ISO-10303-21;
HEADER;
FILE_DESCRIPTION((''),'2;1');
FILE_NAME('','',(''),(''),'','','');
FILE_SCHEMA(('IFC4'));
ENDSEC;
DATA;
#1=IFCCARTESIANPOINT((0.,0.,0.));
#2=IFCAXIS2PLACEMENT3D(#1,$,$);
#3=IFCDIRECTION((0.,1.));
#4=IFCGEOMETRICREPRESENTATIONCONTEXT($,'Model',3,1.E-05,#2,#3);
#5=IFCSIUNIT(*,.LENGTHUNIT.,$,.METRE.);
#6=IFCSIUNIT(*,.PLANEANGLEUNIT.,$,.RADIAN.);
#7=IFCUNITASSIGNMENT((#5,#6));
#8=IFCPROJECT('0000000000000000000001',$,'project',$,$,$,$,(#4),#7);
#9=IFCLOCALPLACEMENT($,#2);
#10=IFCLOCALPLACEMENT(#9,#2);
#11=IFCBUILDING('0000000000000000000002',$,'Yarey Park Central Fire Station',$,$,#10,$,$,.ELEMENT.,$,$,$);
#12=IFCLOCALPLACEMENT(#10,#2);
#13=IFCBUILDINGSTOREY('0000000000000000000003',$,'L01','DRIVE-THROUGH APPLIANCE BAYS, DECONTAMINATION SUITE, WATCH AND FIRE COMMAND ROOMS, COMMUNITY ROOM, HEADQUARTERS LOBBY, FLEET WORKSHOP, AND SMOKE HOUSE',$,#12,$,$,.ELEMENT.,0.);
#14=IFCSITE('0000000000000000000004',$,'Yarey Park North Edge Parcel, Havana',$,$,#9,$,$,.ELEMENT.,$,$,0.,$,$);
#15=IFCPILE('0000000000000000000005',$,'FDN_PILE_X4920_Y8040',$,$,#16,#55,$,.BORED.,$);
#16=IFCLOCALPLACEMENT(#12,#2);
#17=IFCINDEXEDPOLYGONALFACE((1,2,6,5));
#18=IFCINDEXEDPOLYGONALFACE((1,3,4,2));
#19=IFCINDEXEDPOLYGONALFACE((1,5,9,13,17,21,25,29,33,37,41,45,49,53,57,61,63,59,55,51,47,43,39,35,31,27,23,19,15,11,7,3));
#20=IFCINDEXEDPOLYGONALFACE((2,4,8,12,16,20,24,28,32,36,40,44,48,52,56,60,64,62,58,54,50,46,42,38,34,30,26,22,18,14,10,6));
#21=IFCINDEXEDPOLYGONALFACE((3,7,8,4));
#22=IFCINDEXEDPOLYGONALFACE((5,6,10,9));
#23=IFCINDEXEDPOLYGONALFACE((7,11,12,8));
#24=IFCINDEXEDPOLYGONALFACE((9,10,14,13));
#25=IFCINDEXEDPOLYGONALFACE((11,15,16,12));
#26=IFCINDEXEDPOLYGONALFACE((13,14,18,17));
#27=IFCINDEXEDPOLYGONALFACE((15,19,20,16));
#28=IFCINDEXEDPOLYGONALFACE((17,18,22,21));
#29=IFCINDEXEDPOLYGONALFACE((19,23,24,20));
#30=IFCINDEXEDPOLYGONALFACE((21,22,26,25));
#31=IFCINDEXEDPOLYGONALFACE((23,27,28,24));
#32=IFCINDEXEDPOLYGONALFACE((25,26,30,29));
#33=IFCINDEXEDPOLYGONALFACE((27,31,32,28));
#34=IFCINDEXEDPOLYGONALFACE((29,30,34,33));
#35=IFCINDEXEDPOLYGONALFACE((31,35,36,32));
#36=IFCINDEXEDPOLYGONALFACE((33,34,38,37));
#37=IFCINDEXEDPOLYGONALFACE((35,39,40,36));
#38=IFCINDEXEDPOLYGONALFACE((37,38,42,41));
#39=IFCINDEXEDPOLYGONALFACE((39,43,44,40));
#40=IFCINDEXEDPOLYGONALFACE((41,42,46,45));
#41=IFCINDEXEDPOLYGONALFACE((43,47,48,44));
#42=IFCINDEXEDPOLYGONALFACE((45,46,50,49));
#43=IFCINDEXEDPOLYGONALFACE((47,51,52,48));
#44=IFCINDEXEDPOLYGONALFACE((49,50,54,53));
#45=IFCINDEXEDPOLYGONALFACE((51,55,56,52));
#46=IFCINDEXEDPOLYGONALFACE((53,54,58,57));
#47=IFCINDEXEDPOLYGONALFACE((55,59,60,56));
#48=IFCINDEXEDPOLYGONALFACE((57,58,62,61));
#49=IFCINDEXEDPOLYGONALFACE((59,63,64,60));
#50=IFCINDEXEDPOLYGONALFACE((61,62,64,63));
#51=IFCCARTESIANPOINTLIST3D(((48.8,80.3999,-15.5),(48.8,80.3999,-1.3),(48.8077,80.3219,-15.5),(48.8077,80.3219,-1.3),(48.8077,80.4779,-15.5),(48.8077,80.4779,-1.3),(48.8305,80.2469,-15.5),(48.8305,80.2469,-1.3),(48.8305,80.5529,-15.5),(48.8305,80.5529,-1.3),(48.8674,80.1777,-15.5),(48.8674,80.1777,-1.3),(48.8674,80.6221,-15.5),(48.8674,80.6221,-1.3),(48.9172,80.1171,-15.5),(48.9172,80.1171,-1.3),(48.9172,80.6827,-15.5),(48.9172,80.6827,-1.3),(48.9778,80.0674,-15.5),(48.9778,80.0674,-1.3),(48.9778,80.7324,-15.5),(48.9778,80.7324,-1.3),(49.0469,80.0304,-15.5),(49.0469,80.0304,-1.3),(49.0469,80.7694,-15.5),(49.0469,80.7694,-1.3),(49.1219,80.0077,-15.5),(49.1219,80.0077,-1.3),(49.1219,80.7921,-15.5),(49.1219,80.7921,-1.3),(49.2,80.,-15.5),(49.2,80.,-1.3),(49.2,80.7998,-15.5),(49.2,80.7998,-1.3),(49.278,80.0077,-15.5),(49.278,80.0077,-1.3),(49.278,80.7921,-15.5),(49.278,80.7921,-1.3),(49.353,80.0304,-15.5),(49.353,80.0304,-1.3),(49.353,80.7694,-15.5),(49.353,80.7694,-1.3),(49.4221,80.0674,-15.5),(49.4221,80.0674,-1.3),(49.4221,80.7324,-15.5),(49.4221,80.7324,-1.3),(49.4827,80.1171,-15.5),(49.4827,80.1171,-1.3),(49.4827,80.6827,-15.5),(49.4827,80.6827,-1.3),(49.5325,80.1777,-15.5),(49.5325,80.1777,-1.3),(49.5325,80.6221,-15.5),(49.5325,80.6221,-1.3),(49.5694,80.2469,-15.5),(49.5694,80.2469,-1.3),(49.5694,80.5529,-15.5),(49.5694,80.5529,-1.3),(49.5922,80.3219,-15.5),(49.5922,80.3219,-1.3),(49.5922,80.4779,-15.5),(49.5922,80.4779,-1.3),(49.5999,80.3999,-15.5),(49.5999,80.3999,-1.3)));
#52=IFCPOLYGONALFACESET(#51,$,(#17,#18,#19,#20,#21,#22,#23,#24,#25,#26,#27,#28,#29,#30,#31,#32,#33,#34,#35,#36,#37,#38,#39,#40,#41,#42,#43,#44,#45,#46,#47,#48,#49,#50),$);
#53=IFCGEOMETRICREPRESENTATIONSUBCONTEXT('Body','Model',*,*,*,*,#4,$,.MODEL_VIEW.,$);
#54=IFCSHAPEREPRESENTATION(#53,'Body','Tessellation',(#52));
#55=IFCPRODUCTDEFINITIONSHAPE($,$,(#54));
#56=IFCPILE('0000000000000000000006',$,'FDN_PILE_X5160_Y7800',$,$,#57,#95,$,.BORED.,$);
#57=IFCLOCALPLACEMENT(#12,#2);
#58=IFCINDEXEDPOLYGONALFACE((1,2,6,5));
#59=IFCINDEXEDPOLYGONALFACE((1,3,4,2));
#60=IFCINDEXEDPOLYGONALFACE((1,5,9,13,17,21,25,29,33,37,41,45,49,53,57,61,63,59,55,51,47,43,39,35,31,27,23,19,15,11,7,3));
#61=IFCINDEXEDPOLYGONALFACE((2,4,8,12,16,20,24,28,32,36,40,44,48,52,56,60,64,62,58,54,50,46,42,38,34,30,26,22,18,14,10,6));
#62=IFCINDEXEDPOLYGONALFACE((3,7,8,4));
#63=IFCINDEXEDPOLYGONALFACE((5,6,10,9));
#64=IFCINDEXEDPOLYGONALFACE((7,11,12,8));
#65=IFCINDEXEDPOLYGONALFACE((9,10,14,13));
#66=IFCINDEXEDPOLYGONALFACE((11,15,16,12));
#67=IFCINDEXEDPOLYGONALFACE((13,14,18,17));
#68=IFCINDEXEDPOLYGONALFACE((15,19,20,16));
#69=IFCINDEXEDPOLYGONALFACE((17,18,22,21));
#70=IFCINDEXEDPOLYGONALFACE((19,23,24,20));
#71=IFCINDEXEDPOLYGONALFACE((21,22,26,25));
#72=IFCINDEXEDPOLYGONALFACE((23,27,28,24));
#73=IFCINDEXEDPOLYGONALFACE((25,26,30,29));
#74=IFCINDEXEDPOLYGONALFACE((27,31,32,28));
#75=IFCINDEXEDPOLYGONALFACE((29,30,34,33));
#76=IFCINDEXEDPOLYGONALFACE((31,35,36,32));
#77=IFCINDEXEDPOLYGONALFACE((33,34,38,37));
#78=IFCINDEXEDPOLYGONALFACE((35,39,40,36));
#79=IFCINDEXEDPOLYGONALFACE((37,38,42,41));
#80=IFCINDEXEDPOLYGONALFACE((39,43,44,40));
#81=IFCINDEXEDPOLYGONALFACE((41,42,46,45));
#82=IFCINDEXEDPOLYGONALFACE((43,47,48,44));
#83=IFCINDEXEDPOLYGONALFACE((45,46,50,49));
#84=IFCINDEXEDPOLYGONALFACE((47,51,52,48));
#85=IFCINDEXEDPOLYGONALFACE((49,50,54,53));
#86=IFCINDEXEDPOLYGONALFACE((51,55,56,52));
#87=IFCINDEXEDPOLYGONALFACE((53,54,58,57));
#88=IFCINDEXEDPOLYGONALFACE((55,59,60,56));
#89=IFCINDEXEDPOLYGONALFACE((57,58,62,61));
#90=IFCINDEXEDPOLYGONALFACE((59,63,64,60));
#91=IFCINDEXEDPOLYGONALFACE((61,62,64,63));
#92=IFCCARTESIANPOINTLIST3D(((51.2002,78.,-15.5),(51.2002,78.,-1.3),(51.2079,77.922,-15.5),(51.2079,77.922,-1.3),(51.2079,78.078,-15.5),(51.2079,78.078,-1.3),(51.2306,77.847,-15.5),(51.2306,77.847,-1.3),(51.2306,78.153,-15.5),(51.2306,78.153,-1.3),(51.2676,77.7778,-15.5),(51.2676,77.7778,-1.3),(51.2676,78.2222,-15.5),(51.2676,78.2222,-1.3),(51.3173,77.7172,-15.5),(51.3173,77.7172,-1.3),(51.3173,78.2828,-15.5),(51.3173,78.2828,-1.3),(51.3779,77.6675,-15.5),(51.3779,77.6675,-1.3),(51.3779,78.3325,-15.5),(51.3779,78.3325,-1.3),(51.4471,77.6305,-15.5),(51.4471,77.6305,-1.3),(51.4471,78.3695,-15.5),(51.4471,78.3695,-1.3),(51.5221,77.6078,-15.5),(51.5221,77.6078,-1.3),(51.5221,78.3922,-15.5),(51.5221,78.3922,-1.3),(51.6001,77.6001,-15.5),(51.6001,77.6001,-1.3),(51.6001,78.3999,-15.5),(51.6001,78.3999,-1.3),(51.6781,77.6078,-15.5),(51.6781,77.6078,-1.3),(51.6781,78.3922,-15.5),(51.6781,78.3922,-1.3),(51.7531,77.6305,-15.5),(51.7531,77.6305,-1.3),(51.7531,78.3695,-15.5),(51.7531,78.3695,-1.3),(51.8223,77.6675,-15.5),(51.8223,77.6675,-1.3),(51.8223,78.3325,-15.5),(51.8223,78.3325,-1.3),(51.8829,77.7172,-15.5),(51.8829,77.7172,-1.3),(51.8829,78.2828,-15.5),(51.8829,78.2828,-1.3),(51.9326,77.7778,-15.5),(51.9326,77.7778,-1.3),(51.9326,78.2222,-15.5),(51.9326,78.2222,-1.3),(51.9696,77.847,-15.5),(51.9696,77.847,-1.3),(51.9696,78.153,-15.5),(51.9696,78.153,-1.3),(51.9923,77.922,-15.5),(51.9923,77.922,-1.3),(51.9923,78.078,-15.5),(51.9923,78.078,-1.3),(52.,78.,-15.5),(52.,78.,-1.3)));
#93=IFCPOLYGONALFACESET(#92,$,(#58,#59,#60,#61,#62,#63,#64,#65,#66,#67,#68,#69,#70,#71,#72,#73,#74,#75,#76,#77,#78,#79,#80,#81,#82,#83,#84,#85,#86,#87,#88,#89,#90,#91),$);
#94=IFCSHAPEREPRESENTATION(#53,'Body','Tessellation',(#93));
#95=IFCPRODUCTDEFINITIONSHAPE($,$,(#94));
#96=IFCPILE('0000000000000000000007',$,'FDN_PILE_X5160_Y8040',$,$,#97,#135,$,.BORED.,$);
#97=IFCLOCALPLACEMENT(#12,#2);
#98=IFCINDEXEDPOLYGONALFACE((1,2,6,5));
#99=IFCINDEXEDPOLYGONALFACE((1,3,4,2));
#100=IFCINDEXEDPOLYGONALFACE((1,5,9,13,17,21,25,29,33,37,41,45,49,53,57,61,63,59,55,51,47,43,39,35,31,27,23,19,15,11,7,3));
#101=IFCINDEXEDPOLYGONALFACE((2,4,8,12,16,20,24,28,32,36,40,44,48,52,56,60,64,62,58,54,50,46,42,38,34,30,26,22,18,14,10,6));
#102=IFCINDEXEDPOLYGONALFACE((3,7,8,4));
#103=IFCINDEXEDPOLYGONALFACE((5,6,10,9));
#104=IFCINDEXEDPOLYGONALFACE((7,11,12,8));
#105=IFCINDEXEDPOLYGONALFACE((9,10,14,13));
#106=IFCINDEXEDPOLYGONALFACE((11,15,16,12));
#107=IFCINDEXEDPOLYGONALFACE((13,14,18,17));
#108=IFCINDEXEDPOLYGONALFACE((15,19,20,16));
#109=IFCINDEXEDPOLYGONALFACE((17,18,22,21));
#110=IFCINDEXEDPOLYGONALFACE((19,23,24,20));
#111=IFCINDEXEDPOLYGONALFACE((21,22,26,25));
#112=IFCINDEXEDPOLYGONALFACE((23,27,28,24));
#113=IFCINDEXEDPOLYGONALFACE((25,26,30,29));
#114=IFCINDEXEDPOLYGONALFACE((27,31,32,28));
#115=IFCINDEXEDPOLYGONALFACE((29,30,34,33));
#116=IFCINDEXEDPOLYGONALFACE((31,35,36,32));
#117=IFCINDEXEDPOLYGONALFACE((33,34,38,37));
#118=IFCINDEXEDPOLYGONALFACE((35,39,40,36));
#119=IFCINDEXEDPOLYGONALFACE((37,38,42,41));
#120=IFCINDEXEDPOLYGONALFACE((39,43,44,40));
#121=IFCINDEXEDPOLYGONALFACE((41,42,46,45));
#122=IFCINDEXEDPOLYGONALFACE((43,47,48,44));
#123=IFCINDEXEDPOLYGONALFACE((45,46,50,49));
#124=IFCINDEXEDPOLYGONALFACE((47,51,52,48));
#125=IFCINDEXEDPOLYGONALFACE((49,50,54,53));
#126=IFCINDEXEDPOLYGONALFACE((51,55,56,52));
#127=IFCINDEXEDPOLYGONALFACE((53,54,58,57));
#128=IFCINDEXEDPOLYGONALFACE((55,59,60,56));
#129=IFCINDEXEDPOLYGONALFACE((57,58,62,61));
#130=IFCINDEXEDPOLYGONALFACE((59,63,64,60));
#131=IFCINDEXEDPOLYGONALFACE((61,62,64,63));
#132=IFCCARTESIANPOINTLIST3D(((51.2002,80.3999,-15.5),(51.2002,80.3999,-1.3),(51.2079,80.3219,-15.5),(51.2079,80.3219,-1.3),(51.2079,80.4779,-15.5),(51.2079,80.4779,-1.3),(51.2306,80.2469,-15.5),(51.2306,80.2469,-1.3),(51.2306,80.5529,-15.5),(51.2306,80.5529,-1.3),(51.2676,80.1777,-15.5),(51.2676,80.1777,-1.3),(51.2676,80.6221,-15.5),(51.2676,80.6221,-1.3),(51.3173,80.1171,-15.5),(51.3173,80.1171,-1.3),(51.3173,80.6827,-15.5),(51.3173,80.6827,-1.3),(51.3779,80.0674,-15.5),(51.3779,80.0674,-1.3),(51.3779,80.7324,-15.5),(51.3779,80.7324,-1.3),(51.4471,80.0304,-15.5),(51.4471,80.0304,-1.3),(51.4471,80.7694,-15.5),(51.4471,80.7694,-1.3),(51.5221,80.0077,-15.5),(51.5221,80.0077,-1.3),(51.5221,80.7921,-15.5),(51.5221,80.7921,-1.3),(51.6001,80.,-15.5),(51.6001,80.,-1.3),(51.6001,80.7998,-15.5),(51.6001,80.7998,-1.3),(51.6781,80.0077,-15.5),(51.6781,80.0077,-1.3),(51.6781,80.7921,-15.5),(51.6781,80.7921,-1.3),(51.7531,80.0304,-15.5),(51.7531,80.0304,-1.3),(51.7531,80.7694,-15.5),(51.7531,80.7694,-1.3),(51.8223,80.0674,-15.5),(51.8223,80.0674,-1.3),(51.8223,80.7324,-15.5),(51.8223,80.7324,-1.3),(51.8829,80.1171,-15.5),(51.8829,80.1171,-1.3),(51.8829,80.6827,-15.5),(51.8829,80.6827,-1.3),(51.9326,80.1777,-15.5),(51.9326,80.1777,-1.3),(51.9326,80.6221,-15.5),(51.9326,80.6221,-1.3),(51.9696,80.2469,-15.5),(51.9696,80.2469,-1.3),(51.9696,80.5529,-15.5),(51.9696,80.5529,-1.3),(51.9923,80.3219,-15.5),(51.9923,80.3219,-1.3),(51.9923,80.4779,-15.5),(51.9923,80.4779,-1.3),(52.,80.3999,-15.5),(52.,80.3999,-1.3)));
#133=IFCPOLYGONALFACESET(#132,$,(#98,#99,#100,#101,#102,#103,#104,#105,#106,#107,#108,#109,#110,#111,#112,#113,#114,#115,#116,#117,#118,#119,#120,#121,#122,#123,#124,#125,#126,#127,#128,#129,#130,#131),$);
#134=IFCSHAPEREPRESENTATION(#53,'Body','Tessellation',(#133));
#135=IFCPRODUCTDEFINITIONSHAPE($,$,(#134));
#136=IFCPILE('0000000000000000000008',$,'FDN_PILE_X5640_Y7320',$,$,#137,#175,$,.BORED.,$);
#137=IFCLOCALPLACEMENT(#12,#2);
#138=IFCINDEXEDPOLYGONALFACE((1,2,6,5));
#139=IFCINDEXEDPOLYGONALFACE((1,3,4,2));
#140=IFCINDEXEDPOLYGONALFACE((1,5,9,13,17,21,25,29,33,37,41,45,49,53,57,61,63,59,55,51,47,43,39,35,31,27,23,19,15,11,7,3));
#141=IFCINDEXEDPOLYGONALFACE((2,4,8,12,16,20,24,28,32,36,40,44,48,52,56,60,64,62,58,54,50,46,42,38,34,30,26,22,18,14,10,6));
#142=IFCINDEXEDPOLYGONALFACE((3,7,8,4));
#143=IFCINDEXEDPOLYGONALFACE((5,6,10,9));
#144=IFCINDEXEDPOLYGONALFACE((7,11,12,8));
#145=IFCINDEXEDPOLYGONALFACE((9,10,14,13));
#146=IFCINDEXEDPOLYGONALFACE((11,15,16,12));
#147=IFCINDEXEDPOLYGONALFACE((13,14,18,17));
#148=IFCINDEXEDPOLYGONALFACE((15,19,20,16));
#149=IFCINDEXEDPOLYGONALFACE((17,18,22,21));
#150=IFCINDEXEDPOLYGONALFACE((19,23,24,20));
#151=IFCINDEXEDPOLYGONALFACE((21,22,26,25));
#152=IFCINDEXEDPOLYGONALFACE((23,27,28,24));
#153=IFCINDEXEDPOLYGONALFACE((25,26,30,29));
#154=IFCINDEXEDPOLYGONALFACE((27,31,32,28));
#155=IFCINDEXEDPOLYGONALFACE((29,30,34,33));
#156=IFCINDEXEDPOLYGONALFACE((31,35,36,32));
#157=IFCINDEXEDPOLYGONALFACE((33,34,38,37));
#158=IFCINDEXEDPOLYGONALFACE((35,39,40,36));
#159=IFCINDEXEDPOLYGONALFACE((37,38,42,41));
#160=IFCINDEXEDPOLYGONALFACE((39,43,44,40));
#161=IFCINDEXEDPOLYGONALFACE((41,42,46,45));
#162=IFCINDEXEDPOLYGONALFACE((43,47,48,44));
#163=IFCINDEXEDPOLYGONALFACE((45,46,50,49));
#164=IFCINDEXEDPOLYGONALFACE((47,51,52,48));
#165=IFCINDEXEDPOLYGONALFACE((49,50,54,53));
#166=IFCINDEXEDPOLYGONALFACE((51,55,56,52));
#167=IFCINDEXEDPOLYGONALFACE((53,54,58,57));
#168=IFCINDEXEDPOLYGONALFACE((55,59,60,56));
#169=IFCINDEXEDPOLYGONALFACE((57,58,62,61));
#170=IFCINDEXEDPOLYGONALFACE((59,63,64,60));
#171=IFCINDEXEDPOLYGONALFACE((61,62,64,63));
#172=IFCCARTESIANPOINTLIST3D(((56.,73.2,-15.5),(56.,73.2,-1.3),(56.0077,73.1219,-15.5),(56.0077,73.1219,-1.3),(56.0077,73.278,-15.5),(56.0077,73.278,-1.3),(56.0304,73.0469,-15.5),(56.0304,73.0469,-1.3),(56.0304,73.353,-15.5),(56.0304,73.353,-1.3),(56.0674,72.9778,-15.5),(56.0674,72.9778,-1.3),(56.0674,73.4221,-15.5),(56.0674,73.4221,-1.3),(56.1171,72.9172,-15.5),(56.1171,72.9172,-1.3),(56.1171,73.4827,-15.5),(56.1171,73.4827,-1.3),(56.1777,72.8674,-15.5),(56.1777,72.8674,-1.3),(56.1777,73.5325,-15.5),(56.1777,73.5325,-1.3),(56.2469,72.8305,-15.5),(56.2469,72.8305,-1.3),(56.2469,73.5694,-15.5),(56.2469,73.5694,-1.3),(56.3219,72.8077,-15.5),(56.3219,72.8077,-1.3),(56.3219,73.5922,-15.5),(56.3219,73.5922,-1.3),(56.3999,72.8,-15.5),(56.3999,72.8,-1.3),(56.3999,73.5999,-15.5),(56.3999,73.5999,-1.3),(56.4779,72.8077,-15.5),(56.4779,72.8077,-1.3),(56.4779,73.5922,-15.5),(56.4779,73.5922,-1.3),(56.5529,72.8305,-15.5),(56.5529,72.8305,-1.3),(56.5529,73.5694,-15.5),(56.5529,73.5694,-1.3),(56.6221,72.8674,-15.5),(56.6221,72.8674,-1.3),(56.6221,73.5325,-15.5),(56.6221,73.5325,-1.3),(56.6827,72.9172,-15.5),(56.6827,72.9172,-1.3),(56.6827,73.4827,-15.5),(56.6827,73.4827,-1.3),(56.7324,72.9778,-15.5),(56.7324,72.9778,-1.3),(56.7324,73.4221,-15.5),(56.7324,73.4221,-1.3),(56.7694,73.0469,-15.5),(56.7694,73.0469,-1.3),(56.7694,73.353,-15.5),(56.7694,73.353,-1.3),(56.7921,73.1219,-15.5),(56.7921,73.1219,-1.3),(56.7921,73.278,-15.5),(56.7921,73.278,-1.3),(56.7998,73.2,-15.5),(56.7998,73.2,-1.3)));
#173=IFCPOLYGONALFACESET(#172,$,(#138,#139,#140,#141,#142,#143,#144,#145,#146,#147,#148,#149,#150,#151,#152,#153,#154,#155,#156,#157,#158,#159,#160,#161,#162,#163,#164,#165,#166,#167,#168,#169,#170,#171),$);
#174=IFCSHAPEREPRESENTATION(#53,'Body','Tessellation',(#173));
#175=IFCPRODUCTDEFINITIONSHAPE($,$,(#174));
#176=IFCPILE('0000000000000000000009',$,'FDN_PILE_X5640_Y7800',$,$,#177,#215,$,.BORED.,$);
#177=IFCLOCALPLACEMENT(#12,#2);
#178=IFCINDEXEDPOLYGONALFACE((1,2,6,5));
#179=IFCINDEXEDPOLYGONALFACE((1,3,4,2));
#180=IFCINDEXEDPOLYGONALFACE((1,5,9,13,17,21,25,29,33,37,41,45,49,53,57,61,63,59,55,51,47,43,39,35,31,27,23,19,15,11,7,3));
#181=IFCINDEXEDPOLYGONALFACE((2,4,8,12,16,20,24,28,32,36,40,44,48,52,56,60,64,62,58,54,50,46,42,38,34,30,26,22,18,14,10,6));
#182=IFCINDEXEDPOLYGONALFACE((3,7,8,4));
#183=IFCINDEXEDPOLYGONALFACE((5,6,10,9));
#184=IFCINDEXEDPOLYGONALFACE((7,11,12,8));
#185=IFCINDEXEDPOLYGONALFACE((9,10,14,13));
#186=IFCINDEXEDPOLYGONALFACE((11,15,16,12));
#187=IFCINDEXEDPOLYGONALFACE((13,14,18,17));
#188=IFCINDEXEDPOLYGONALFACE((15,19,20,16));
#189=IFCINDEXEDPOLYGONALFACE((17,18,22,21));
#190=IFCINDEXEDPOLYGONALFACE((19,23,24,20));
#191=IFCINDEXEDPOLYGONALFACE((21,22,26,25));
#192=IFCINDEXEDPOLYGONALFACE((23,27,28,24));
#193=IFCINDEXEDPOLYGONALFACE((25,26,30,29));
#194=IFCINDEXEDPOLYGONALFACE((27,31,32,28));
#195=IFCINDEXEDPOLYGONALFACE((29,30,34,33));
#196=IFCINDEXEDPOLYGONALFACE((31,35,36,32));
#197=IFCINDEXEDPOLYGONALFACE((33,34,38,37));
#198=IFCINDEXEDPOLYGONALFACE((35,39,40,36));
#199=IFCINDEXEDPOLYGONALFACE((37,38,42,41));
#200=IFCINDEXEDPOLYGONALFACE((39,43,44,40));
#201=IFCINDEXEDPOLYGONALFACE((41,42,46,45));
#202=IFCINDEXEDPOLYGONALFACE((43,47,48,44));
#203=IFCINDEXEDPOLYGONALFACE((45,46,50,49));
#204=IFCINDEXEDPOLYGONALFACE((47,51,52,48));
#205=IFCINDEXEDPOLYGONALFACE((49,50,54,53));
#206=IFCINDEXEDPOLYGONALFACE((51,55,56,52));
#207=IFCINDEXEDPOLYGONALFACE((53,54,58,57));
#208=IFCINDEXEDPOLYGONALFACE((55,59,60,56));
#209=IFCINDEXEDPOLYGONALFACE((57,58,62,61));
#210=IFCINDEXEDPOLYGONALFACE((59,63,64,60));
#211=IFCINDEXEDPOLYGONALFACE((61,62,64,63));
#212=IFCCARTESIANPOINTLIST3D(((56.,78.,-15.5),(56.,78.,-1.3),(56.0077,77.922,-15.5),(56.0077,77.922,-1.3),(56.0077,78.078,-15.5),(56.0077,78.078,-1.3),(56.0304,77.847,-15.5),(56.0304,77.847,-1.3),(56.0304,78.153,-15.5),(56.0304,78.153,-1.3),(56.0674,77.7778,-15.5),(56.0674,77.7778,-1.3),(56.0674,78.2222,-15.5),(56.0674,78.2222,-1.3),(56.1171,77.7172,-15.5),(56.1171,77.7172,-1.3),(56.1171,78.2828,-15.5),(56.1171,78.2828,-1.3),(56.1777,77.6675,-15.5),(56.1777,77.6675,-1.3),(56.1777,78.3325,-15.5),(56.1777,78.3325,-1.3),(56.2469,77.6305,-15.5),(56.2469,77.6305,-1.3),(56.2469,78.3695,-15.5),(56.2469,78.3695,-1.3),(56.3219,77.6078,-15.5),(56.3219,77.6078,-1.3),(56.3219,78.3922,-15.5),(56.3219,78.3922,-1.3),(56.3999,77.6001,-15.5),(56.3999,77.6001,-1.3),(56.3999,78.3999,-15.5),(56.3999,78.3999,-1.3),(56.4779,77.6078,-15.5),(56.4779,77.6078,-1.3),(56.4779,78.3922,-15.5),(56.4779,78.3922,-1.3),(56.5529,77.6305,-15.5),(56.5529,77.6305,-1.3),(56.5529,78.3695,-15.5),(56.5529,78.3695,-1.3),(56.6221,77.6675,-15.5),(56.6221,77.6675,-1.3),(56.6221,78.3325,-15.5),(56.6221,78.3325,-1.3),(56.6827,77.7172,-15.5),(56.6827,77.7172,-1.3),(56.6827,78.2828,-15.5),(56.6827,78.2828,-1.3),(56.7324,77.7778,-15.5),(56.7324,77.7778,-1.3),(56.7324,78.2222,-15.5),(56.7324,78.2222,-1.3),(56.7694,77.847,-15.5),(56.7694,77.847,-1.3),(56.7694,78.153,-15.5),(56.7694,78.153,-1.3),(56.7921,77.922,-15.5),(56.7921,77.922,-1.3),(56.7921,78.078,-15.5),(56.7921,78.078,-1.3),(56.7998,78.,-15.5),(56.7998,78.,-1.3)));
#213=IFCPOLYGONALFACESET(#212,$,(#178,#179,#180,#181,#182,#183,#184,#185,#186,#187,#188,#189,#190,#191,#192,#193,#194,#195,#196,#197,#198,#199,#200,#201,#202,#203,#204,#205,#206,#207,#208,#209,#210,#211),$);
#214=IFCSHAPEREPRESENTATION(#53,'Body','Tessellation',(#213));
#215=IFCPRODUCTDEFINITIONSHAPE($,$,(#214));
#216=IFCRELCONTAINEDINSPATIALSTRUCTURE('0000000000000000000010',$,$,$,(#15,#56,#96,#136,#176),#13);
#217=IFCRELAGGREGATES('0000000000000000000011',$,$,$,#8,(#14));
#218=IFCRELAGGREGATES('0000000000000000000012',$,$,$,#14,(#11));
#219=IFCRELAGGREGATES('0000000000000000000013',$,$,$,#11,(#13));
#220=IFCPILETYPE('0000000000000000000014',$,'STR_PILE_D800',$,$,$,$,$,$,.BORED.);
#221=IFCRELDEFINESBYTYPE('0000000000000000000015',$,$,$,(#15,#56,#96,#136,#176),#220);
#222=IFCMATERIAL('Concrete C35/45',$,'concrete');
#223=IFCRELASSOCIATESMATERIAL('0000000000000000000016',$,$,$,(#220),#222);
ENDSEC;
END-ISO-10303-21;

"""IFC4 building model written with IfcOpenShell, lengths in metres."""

from ifc_helpers import new_model, si_unit, direction, frame, origin, origin_2d, place, context, subcontext, project, spatial, circle, extrude, material, material_profile, profile_set, type_object, element, save


model = new_model("IFC4")

# Units and contexts
model_context = context("Model", 3, precision=1e-05, world=origin(), true_north=direction((0.0, 1.0)))
body_context = subcontext(model_context, "Body", "Model", "MODEL_VIEW")
ifc_project = project(units=[si_unit("LENGTHUNIT", "METRE"), si_unit("PLANEANGLEUNIT", "RADIAN")], contexts=[model_context])

# Site, building, storey
site_placement = place(None, origin())
site = spatial("IfcSite", under=ifc_project, at=site_placement, Name="Yarey Park North Edge Parcel, Havana", CompositionType="ELEMENT", RefElevation=0.0)
building_placement = place(site_placement, origin())
building = spatial("IfcBuilding", under=site, at=building_placement, Name="Yarey Park Central Fire Station", CompositionType="ELEMENT")
storey_placement = place(building_placement, origin())
storey = spatial("IfcBuildingStorey", under=building, at=storey_placement, Name="L01", Description="DRIVE-THROUGH APPLIANCE BAYS, DECONTAMINATION SUITE, WATCH AND FIRE COMMAND ROOMS, COMMUNITY ROOM, HEADQUARTERS LOBBY, FLEET WORKSHOP, AND SMOKE HOUSE", CompositionType="ELEMENT", Elevation=0.0)

# Shared definitions
ifc_material_1 = material(Name="Concrete C35/45", Category="concrete")

# Piles
ifc_material_profile_1 = material_profile(ifc_material_1, circle(Radius=0.3999, at=origin_2d()), Name="BORED PILE D800")
ifc_profile_set_1 = profile_set([ifc_material_profile_1], Name="Concrete C35/45")
pile_type = type_object("IfcPileType", Name="STR_PILE_D800", PredefinedType="BORED", material=ifc_profile_set_1)
for number, where, z_axis, x_axis, name in (
    (1, (49.2, 80.3999, -1.3), (0.0, 0.0, -1.0), (1.0, 0.0, 0.0), "FDN_PILE_X4920_Y8040"),
    (2, (51.6001, 78.0, -1.3), (0.0, 0.0, -1.0), (1.0, 0.0, 0.0), "FDN_PILE_X5160_Y7800"),
    (3, (51.6001, 80.3999, -1.3), (0.0, 0.0, -1.0), (1.0, 0.0, 0.0), "FDN_PILE_X5160_Y8040"),
    (4, (56.3999, 73.2, -1.3), (0.0, 0.0, -1.0), (1.0, 0.0, 0.0), "FDN_PILE_X5640_Y7320"),
    (5, (56.3999, 78.0, -1.3), (0.0, 0.0, -1.0), (1.0, 0.0, 0.0), "FDN_PILE_X5640_Y7800"),
):
    element("IfcPile", number, at=place(storey_placement, frame(where, z_axis=z_axis, x_axis=x_axis)), inside=storey, type_object=pile_type, Name=name, PredefinedType="BORED", context=body_context, shape_type="SweptSolid", body=[
        extrude(circle(Radius=0.3999, at=origin_2d()), origin(), (0.0, 0.0, 1.0), 14.2),
    ])

save(model, "model.ifc")
